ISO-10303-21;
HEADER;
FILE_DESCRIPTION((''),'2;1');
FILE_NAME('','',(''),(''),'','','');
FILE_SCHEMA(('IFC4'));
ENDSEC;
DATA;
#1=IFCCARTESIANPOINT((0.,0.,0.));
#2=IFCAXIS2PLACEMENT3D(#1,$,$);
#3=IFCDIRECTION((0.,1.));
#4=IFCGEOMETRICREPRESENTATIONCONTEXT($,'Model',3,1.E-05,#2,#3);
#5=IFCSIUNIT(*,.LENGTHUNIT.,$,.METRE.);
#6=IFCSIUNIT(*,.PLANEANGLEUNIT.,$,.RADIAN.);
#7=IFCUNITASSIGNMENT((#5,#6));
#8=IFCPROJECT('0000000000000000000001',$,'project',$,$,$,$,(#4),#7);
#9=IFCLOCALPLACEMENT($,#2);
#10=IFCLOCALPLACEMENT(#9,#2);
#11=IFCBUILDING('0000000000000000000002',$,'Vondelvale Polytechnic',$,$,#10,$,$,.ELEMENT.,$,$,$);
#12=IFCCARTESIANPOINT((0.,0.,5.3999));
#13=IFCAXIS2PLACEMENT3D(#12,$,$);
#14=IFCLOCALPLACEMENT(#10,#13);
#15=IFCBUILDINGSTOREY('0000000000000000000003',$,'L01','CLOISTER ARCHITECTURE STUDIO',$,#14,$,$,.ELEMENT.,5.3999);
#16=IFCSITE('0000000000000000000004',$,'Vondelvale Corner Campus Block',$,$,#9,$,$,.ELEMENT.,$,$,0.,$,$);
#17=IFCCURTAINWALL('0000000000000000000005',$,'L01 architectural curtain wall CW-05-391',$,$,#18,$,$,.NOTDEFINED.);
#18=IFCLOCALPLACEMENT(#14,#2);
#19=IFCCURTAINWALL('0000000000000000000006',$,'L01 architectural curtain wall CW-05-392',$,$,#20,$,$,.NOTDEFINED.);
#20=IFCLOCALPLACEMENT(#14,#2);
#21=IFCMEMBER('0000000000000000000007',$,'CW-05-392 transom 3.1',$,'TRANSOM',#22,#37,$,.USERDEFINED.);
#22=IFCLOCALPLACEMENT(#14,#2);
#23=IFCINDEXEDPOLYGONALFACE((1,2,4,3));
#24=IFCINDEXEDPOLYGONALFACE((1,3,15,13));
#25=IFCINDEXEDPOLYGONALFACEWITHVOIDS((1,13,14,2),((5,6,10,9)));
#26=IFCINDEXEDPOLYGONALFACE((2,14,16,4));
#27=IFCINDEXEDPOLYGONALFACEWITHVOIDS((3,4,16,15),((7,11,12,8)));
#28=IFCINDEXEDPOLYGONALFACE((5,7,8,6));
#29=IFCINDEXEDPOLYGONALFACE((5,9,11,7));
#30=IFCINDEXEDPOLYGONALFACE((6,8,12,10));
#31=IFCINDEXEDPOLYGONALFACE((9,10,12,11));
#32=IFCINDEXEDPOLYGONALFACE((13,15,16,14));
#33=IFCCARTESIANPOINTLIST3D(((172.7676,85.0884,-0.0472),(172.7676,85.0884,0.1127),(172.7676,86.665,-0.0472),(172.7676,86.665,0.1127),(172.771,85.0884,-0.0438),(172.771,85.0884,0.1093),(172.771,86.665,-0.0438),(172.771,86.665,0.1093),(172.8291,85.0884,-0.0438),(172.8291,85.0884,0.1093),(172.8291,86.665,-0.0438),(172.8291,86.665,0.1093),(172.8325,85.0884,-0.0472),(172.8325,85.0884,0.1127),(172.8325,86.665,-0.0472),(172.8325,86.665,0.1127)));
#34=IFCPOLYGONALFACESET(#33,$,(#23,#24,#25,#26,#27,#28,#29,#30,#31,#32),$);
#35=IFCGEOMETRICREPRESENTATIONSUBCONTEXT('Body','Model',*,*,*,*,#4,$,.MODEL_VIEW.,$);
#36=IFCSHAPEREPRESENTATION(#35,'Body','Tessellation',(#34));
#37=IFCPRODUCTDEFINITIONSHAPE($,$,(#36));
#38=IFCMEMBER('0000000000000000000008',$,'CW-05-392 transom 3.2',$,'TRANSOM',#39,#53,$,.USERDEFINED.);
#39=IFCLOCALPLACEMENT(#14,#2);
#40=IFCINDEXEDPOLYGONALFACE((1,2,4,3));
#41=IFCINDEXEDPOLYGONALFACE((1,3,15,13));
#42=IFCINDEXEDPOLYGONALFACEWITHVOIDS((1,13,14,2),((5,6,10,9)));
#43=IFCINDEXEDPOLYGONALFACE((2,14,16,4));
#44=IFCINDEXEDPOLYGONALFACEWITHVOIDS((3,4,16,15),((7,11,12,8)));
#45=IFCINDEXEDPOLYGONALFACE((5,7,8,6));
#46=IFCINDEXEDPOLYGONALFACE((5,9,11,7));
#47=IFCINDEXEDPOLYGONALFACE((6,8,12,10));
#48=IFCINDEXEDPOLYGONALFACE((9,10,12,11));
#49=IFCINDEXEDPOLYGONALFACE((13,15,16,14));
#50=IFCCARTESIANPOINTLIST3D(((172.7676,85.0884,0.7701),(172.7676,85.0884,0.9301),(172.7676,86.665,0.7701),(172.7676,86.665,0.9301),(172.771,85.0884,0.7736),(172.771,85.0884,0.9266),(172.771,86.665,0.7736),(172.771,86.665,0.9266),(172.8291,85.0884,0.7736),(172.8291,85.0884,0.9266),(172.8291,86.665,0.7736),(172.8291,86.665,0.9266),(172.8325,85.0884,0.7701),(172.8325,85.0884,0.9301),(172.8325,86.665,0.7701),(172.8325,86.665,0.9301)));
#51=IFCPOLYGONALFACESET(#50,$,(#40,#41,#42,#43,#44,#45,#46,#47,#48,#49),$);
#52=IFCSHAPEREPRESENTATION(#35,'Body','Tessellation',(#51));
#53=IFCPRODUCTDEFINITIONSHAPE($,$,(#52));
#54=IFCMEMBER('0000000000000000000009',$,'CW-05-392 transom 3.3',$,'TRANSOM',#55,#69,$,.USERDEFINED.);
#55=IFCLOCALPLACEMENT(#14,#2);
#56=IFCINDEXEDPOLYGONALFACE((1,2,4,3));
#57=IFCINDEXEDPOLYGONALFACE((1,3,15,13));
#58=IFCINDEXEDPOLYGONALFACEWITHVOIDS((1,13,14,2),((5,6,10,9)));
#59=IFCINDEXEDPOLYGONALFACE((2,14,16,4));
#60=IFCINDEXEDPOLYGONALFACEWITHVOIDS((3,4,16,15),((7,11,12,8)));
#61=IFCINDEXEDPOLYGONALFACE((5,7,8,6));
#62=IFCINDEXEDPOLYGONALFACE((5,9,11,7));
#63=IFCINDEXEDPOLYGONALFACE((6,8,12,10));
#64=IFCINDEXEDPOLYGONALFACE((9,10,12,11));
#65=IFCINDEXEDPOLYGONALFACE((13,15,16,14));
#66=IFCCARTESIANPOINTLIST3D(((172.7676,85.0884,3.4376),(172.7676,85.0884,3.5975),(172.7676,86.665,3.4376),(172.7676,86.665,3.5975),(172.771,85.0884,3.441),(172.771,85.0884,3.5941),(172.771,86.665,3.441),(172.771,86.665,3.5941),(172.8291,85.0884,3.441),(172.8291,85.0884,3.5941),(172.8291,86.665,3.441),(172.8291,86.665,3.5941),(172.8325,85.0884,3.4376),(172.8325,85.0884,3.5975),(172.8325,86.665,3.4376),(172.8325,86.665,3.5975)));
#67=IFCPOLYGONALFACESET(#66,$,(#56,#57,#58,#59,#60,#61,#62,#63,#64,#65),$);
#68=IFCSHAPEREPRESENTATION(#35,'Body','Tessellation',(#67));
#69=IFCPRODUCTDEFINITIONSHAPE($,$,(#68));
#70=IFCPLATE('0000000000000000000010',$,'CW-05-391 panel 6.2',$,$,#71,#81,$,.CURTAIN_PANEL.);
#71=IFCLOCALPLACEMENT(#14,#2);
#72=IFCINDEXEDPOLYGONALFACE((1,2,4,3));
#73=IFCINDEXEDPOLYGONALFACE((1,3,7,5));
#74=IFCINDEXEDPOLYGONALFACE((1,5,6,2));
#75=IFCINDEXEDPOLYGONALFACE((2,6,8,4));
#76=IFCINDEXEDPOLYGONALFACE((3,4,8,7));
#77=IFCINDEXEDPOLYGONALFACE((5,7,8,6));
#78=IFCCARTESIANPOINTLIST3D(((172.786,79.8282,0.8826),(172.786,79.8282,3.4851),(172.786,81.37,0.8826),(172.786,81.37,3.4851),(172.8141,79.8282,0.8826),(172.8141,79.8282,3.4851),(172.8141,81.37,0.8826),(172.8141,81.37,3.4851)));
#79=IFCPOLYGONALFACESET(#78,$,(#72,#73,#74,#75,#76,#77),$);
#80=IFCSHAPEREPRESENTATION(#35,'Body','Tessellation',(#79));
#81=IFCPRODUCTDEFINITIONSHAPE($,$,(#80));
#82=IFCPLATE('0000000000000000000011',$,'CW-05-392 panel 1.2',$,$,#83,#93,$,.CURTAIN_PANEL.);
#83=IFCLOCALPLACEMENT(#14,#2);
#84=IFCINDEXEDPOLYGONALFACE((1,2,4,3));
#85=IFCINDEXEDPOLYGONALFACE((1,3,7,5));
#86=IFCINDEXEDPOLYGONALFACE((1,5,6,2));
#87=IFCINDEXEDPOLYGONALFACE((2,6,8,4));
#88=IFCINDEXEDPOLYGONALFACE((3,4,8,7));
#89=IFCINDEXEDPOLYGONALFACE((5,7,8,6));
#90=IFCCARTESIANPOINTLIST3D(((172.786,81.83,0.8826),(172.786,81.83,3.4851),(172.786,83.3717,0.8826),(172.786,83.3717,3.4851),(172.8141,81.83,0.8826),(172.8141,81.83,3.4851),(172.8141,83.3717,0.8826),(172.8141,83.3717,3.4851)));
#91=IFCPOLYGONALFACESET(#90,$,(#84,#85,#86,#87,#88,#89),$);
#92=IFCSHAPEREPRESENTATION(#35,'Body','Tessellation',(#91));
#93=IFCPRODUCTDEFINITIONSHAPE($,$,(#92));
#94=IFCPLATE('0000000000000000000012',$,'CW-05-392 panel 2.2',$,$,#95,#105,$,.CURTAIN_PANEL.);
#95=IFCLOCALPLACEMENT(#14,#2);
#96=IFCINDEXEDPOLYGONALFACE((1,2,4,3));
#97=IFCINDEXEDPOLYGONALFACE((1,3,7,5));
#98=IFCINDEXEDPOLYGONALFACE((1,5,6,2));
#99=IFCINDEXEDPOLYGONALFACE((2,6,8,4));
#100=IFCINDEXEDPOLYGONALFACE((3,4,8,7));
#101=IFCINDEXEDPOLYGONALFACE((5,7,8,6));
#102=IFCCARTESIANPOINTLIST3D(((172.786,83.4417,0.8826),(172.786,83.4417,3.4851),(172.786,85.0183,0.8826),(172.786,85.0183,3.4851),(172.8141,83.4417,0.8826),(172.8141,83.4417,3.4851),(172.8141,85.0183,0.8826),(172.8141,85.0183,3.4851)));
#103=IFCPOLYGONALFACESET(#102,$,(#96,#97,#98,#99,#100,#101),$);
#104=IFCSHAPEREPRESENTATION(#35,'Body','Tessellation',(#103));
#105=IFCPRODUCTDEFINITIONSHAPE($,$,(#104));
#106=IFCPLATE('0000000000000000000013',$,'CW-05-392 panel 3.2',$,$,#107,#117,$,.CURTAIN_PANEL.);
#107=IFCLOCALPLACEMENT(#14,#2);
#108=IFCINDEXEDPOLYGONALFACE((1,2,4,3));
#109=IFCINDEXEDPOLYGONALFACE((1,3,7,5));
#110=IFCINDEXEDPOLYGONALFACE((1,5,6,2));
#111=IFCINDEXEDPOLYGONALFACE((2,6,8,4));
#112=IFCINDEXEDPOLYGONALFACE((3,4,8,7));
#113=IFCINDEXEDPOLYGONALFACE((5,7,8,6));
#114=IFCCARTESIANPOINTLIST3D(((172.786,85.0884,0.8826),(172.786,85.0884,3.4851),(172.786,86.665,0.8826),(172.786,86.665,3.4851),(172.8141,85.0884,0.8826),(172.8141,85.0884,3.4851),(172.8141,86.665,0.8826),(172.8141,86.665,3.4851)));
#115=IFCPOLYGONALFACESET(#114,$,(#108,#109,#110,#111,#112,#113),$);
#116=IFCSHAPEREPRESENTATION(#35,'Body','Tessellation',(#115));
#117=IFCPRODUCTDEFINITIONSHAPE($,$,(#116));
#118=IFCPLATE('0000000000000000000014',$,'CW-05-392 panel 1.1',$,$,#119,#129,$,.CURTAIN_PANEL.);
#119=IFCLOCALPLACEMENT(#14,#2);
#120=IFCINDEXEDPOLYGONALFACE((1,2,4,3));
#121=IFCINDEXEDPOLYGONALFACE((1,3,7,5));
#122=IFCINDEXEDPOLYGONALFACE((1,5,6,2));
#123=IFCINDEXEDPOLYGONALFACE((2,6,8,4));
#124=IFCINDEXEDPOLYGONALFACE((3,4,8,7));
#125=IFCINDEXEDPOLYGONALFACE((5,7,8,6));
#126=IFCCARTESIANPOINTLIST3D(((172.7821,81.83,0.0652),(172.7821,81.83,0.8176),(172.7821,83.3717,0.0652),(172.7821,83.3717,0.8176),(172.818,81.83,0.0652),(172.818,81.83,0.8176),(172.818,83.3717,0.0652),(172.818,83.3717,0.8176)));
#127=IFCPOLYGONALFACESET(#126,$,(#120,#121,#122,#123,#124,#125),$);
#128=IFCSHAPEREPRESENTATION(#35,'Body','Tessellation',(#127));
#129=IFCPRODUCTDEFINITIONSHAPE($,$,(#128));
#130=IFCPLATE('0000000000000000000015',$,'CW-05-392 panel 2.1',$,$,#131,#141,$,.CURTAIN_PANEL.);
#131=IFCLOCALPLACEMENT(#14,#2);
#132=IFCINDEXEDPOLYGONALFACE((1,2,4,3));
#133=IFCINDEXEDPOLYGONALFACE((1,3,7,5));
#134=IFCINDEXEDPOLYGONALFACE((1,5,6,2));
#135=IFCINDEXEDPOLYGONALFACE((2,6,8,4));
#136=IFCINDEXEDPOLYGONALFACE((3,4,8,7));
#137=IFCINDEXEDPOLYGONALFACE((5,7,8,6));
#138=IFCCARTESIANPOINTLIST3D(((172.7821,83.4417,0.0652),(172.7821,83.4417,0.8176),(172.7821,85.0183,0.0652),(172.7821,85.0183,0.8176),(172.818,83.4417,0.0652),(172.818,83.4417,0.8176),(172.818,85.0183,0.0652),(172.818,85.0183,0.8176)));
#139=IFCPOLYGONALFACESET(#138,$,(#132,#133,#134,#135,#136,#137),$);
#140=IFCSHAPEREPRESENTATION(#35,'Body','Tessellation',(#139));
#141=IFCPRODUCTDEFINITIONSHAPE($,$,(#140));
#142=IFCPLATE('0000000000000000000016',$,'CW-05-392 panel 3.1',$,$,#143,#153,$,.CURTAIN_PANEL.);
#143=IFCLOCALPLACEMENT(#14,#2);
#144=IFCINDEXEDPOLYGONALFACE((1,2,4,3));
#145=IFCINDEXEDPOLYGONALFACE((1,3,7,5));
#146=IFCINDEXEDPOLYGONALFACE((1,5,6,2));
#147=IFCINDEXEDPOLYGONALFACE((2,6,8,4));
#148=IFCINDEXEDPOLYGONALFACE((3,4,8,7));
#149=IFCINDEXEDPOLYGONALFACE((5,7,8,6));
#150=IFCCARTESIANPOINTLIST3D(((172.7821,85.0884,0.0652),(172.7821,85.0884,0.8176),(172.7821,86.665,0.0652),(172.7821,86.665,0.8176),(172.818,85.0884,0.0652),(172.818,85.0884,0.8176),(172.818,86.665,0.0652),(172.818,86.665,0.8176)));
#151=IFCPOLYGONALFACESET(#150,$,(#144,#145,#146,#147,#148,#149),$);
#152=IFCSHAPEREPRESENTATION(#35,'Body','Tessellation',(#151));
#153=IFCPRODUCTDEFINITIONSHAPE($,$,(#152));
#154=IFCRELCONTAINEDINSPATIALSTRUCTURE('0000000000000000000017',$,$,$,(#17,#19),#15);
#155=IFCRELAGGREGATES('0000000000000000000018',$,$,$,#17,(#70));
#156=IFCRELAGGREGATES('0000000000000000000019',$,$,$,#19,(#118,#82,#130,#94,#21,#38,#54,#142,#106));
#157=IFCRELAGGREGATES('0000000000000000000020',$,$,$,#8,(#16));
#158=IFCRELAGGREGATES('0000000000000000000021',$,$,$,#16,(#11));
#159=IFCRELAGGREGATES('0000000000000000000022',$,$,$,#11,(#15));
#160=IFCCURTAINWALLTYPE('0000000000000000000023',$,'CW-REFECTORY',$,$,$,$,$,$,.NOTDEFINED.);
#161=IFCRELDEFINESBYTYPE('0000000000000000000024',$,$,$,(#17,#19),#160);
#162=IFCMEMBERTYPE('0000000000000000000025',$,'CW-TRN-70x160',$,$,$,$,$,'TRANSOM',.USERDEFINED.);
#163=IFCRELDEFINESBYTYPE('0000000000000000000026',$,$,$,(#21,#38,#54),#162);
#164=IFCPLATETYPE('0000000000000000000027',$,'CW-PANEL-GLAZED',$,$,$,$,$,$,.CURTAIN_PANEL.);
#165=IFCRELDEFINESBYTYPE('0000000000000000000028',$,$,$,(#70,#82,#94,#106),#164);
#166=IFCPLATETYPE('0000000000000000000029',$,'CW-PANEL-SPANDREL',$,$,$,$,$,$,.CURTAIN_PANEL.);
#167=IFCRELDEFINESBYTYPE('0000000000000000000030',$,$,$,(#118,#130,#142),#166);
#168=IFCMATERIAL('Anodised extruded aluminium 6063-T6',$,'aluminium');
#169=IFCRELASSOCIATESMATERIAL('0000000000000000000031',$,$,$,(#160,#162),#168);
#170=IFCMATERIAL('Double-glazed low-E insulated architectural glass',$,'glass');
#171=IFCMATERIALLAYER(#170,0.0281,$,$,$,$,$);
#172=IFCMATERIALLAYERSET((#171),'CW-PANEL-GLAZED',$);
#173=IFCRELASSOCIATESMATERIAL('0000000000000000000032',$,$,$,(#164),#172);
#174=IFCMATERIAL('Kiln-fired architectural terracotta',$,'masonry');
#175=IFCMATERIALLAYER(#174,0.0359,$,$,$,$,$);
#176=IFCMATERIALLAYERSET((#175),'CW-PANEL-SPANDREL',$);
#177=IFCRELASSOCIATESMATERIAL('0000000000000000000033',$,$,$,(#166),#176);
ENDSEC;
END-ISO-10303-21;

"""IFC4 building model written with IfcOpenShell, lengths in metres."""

from ifc_helpers import new_model, si_unit, direction, frame, origin, origin_2d, place, context, subcontext, project, spatial, rectangle, hollow_rectangle, extrude, material, layer, layer_set, material_profile, profile_set, type_object, element, aggregate, save


model = new_model("IFC4")

# Units and contexts
model_context = context("Model", 3, precision=1e-05, world=origin(), true_north=direction((0.0, 1.0)))
body_context = subcontext(model_context, "Body", "Model", "MODEL_VIEW")
ifc_project = project(units=[si_unit("LENGTHUNIT", "METRE"), si_unit("PLANEANGLEUNIT", "RADIAN")], contexts=[model_context])

# Site, building, storey
site_placement = place(None, origin())
site = spatial("IfcSite", under=ifc_project, at=site_placement, Name="Vondelvale Corner Campus Block", CompositionType="ELEMENT", RefElevation=0.0)
building_placement = place(site_placement, origin())
building = spatial("IfcBuilding", under=site, at=building_placement, Name="Vondelvale Polytechnic", CompositionType="ELEMENT")
storey_placement = place(building_placement, frame((0.0, 0.0, 5.3999)))
storey = spatial("IfcBuildingStorey", under=building, at=storey_placement, Name="L01", Description="CLOISTER ARCHITECTURE STUDIO", CompositionType="ELEMENT", Elevation=5.3999)

# Curtain wall
ifc_material_1 = material(Name="Anodised extruded aluminium 6063-T6", Category="aluminium")
curtain_wall_type = type_object("IfcCurtainWallType", Name="CW-REFECTORY", PredefinedType="NOTDEFINED", material=ifc_material_1)
curtain_wall_1_placement = place(storey_placement, origin())
curtain_wall_1 = element("IfcCurtainWall", 1, at=curtain_wall_1_placement, inside=storey, type_object=curtain_wall_type, Name="L01 architectural curtain wall CW-05-391", PredefinedType="NOTDEFINED")

# Curtain wall, members
curtain_wall_2_placement = place(storey_placement, origin())
curtain_wall_2 = element("IfcCurtainWall", 2, at=curtain_wall_2_placement, inside=storey, type_object=curtain_wall_type, Name="L01 architectural curtain wall CW-05-392", PredefinedType="NOTDEFINED")
ifc_material_profile_1 = material_profile(ifc_material_1, hollow_rectangle(XDim=0.0649, YDim=0.1599, WallThickness=0.0034, at=origin_2d()), Name="CW-TRN-160x65")
ifc_profile_set_1 = profile_set([ifc_material_profile_1], Name="Anodised extruded aluminium 6063-T6")
member_type_1 = type_object("IfcMemberType", Name="CW-TRN-70x160", ElementType="TRANSOM", PredefinedType="USERDEFINED", material=ifc_profile_set_1)
member_1_placement = place(storey_placement, frame((172.8, 85.0884, 0.0327), z_axis=(0.0, 1.0, 0.0), x_axis=(-1.0, 0.0, 0.0)))
member_1 = element("IfcMember", 3, at=member_1_placement, type_object=member_type_1, Name="CW-05-392 transom 3.1", ObjectType="TRANSOM", PredefinedType="USERDEFINED", context=body_context, shape_type="SweptSolid", body=[
    extrude(hollow_rectangle(XDim=0.0649, YDim=0.1599, WallThickness=0.0034, at=origin_2d()), origin(), (0.0, 0.0, 1.0), 1.5767),
])
member_2_placement = place(storey_placement, frame((172.8, 85.0884, 0.8501), z_axis=(0.0, 1.0, 0.0), x_axis=(-1.0, 0.0, 0.0)))
member_2 = element("IfcMember", 4, at=member_2_placement, type_object=member_type_1, Name="CW-05-392 transom 3.2", ObjectType="TRANSOM", PredefinedType="USERDEFINED", context=body_context, shape_type="SweptSolid", body=[
    extrude(hollow_rectangle(XDim=0.0649, YDim=0.1599, WallThickness=0.0034, at=origin_2d()), origin(), (0.0, 0.0, 1.0), 1.5767),
])
member_3_placement = place(storey_placement, frame((172.8, 85.0884, 3.5176), z_axis=(0.0, 1.0, 0.0), x_axis=(-1.0, 0.0, 0.0)))
member_3 = element("IfcMember", 5, at=member_3_placement, type_object=member_type_1, Name="CW-05-392 transom 3.3", ObjectType="TRANSOM", PredefinedType="USERDEFINED", context=body_context, shape_type="SweptSolid", body=[
    extrude(hollow_rectangle(XDim=0.0649, YDim=0.1599, WallThickness=0.0034, at=origin_2d()), origin(), (0.0, 0.0, 1.0), 1.5767),
])

# Plates
ifc_material_2 = material(Name="Double-glazed low-E insulated architectural glass", Category="glass")
ifc_layer_1 = layer(ifc_material_2, 0.0281)
ifc_layer_set_1 = layer_set([ifc_layer_1], Name="CW-PANEL-GLAZED")
plate_type_1 = type_object("IfcPlateType", Name="CW-PANEL-GLAZED", PredefinedType="CURTAIN_PANEL", material=ifc_layer_set_1)
plate_1_placement = place(storey_placement, frame((172.8, 80.5991, 0.8826), z_axis=(0.0, 0.0, 1.0), x_axis=(0.0, 1.0, 0.0)))
plate_1 = element("IfcPlate", 6, at=plate_1_placement, type_object=plate_type_1, Name="CW-05-391 panel 6.2", PredefinedType="CURTAIN_PANEL", context=body_context, shape_type="SweptSolid", body=[
    extrude(rectangle(XDim=1.5417, YDim=0.0281, at=origin_2d()), origin(), (0.0, 0.0, 1.0), 2.6025),
])
aggregate(curtain_wall_1, [plate_1])
plate_2_placement = place(storey_placement, frame((172.8, 82.6008, 0.8826), z_axis=(0.0, 0.0, 1.0), x_axis=(0.0, 1.0, 0.0)))
plate_2 = element("IfcPlate", 7, at=plate_2_placement, type_object=plate_type_1, Name="CW-05-392 panel 1.2", PredefinedType="CURTAIN_PANEL", context=body_context, shape_type="SweptSolid", body=[
    extrude(rectangle(XDim=1.5417, YDim=0.0281, at=origin_2d()), origin(), (0.0, 0.0, 1.0), 2.6025),
])
plate_3_placement = place(storey_placement, frame((172.8, 84.23, 0.8826), z_axis=(0.0, 0.0, 1.0), x_axis=(0.0, 1.0, 0.0)))
plate_3 = element("IfcPlate", 8, at=plate_3_placement, type_object=plate_type_1, Name="CW-05-392 panel 2.2", PredefinedType="CURTAIN_PANEL", context=body_context, shape_type="SweptSolid", body=[
    extrude(rectangle(XDim=1.5767, YDim=0.0281, at=origin_2d()), origin(), (0.0, 0.0, 1.0), 2.6025),
])
plate_4_placement = place(storey_placement, frame((172.8, 85.8767, 0.8826), z_axis=(0.0, 0.0, 1.0), x_axis=(0.0, 1.0, 0.0)))
plate_4 = element("IfcPlate", 9, at=plate_4_placement, type_object=plate_type_1, Name="CW-05-392 panel 3.2", PredefinedType="CURTAIN_PANEL", context=body_context, shape_type="SweptSolid", body=[
    extrude(rectangle(XDim=1.5767, YDim=0.0281, at=origin_2d()), origin(), (0.0, 0.0, 1.0), 2.6025),
])
ifc_material_3 = material(Name="Kiln-fired architectural terracotta", Category="masonry")
ifc_layer_2 = layer(ifc_material_3, 0.0359)
ifc_layer_set_2 = layer_set([ifc_layer_2], Name="CW-PANEL-SPANDREL")
plate_type_2 = type_object("IfcPlateType", Name="CW-PANEL-SPANDREL", PredefinedType="CURTAIN_PANEL", material=ifc_layer_set_2)
plate_5_placement = place(storey_placement, frame((172.8, 82.6008, 0.0652), z_axis=(0.0, 0.0, 1.0), x_axis=(0.0, 1.0, 0.0)))
plate_5 = element("IfcPlate", 10, at=plate_5_placement, type_object=plate_type_2, Name="CW-05-392 panel 1.1", PredefinedType="CURTAIN_PANEL", context=body_context, shape_type="SweptSolid", body=[
    extrude(rectangle(XDim=1.5417, YDim=0.0359, at=origin_2d()), origin(), (0.0, 0.0, 1.0), 0.7524),
])
plate_6_placement = place(storey_placement, frame((172.8, 84.23, 0.0652), z_axis=(0.0, 0.0, 1.0), x_axis=(0.0, 1.0, 0.0)))
plate_6 = element("IfcPlate", 11, at=plate_6_placement, type_object=plate_type_2, Name="CW-05-392 panel 2.1", PredefinedType="CURTAIN_PANEL", context=body_context, shape_type="SweptSolid", body=[
    extrude(rectangle(XDim=1.5767, YDim=0.0359, at=origin_2d()), origin(), (0.0, 0.0, 1.0), 0.7524),
])
plate_7_placement = place(storey_placement, frame((172.8, 85.8767, 0.0652), z_axis=(0.0, 0.0, 1.0), x_axis=(0.0, 1.0, 0.0)))
plate_7 = element("IfcPlate", 12, at=plate_7_placement, type_object=plate_type_2, Name="CW-05-392 panel 3.1", PredefinedType="CURTAIN_PANEL", context=body_context, shape_type="SweptSolid", body=[
    extrude(rectangle(XDim=1.5767, YDim=0.0359, at=origin_2d()), origin(), (0.0, 0.0, 1.0), 0.7524),
])
aggregate(curtain_wall_2, [plate_5, plate_2, plate_6, plate_3, member_1, member_2, member_3, plate_7, plate_4])

save(model, "model.ifc")
